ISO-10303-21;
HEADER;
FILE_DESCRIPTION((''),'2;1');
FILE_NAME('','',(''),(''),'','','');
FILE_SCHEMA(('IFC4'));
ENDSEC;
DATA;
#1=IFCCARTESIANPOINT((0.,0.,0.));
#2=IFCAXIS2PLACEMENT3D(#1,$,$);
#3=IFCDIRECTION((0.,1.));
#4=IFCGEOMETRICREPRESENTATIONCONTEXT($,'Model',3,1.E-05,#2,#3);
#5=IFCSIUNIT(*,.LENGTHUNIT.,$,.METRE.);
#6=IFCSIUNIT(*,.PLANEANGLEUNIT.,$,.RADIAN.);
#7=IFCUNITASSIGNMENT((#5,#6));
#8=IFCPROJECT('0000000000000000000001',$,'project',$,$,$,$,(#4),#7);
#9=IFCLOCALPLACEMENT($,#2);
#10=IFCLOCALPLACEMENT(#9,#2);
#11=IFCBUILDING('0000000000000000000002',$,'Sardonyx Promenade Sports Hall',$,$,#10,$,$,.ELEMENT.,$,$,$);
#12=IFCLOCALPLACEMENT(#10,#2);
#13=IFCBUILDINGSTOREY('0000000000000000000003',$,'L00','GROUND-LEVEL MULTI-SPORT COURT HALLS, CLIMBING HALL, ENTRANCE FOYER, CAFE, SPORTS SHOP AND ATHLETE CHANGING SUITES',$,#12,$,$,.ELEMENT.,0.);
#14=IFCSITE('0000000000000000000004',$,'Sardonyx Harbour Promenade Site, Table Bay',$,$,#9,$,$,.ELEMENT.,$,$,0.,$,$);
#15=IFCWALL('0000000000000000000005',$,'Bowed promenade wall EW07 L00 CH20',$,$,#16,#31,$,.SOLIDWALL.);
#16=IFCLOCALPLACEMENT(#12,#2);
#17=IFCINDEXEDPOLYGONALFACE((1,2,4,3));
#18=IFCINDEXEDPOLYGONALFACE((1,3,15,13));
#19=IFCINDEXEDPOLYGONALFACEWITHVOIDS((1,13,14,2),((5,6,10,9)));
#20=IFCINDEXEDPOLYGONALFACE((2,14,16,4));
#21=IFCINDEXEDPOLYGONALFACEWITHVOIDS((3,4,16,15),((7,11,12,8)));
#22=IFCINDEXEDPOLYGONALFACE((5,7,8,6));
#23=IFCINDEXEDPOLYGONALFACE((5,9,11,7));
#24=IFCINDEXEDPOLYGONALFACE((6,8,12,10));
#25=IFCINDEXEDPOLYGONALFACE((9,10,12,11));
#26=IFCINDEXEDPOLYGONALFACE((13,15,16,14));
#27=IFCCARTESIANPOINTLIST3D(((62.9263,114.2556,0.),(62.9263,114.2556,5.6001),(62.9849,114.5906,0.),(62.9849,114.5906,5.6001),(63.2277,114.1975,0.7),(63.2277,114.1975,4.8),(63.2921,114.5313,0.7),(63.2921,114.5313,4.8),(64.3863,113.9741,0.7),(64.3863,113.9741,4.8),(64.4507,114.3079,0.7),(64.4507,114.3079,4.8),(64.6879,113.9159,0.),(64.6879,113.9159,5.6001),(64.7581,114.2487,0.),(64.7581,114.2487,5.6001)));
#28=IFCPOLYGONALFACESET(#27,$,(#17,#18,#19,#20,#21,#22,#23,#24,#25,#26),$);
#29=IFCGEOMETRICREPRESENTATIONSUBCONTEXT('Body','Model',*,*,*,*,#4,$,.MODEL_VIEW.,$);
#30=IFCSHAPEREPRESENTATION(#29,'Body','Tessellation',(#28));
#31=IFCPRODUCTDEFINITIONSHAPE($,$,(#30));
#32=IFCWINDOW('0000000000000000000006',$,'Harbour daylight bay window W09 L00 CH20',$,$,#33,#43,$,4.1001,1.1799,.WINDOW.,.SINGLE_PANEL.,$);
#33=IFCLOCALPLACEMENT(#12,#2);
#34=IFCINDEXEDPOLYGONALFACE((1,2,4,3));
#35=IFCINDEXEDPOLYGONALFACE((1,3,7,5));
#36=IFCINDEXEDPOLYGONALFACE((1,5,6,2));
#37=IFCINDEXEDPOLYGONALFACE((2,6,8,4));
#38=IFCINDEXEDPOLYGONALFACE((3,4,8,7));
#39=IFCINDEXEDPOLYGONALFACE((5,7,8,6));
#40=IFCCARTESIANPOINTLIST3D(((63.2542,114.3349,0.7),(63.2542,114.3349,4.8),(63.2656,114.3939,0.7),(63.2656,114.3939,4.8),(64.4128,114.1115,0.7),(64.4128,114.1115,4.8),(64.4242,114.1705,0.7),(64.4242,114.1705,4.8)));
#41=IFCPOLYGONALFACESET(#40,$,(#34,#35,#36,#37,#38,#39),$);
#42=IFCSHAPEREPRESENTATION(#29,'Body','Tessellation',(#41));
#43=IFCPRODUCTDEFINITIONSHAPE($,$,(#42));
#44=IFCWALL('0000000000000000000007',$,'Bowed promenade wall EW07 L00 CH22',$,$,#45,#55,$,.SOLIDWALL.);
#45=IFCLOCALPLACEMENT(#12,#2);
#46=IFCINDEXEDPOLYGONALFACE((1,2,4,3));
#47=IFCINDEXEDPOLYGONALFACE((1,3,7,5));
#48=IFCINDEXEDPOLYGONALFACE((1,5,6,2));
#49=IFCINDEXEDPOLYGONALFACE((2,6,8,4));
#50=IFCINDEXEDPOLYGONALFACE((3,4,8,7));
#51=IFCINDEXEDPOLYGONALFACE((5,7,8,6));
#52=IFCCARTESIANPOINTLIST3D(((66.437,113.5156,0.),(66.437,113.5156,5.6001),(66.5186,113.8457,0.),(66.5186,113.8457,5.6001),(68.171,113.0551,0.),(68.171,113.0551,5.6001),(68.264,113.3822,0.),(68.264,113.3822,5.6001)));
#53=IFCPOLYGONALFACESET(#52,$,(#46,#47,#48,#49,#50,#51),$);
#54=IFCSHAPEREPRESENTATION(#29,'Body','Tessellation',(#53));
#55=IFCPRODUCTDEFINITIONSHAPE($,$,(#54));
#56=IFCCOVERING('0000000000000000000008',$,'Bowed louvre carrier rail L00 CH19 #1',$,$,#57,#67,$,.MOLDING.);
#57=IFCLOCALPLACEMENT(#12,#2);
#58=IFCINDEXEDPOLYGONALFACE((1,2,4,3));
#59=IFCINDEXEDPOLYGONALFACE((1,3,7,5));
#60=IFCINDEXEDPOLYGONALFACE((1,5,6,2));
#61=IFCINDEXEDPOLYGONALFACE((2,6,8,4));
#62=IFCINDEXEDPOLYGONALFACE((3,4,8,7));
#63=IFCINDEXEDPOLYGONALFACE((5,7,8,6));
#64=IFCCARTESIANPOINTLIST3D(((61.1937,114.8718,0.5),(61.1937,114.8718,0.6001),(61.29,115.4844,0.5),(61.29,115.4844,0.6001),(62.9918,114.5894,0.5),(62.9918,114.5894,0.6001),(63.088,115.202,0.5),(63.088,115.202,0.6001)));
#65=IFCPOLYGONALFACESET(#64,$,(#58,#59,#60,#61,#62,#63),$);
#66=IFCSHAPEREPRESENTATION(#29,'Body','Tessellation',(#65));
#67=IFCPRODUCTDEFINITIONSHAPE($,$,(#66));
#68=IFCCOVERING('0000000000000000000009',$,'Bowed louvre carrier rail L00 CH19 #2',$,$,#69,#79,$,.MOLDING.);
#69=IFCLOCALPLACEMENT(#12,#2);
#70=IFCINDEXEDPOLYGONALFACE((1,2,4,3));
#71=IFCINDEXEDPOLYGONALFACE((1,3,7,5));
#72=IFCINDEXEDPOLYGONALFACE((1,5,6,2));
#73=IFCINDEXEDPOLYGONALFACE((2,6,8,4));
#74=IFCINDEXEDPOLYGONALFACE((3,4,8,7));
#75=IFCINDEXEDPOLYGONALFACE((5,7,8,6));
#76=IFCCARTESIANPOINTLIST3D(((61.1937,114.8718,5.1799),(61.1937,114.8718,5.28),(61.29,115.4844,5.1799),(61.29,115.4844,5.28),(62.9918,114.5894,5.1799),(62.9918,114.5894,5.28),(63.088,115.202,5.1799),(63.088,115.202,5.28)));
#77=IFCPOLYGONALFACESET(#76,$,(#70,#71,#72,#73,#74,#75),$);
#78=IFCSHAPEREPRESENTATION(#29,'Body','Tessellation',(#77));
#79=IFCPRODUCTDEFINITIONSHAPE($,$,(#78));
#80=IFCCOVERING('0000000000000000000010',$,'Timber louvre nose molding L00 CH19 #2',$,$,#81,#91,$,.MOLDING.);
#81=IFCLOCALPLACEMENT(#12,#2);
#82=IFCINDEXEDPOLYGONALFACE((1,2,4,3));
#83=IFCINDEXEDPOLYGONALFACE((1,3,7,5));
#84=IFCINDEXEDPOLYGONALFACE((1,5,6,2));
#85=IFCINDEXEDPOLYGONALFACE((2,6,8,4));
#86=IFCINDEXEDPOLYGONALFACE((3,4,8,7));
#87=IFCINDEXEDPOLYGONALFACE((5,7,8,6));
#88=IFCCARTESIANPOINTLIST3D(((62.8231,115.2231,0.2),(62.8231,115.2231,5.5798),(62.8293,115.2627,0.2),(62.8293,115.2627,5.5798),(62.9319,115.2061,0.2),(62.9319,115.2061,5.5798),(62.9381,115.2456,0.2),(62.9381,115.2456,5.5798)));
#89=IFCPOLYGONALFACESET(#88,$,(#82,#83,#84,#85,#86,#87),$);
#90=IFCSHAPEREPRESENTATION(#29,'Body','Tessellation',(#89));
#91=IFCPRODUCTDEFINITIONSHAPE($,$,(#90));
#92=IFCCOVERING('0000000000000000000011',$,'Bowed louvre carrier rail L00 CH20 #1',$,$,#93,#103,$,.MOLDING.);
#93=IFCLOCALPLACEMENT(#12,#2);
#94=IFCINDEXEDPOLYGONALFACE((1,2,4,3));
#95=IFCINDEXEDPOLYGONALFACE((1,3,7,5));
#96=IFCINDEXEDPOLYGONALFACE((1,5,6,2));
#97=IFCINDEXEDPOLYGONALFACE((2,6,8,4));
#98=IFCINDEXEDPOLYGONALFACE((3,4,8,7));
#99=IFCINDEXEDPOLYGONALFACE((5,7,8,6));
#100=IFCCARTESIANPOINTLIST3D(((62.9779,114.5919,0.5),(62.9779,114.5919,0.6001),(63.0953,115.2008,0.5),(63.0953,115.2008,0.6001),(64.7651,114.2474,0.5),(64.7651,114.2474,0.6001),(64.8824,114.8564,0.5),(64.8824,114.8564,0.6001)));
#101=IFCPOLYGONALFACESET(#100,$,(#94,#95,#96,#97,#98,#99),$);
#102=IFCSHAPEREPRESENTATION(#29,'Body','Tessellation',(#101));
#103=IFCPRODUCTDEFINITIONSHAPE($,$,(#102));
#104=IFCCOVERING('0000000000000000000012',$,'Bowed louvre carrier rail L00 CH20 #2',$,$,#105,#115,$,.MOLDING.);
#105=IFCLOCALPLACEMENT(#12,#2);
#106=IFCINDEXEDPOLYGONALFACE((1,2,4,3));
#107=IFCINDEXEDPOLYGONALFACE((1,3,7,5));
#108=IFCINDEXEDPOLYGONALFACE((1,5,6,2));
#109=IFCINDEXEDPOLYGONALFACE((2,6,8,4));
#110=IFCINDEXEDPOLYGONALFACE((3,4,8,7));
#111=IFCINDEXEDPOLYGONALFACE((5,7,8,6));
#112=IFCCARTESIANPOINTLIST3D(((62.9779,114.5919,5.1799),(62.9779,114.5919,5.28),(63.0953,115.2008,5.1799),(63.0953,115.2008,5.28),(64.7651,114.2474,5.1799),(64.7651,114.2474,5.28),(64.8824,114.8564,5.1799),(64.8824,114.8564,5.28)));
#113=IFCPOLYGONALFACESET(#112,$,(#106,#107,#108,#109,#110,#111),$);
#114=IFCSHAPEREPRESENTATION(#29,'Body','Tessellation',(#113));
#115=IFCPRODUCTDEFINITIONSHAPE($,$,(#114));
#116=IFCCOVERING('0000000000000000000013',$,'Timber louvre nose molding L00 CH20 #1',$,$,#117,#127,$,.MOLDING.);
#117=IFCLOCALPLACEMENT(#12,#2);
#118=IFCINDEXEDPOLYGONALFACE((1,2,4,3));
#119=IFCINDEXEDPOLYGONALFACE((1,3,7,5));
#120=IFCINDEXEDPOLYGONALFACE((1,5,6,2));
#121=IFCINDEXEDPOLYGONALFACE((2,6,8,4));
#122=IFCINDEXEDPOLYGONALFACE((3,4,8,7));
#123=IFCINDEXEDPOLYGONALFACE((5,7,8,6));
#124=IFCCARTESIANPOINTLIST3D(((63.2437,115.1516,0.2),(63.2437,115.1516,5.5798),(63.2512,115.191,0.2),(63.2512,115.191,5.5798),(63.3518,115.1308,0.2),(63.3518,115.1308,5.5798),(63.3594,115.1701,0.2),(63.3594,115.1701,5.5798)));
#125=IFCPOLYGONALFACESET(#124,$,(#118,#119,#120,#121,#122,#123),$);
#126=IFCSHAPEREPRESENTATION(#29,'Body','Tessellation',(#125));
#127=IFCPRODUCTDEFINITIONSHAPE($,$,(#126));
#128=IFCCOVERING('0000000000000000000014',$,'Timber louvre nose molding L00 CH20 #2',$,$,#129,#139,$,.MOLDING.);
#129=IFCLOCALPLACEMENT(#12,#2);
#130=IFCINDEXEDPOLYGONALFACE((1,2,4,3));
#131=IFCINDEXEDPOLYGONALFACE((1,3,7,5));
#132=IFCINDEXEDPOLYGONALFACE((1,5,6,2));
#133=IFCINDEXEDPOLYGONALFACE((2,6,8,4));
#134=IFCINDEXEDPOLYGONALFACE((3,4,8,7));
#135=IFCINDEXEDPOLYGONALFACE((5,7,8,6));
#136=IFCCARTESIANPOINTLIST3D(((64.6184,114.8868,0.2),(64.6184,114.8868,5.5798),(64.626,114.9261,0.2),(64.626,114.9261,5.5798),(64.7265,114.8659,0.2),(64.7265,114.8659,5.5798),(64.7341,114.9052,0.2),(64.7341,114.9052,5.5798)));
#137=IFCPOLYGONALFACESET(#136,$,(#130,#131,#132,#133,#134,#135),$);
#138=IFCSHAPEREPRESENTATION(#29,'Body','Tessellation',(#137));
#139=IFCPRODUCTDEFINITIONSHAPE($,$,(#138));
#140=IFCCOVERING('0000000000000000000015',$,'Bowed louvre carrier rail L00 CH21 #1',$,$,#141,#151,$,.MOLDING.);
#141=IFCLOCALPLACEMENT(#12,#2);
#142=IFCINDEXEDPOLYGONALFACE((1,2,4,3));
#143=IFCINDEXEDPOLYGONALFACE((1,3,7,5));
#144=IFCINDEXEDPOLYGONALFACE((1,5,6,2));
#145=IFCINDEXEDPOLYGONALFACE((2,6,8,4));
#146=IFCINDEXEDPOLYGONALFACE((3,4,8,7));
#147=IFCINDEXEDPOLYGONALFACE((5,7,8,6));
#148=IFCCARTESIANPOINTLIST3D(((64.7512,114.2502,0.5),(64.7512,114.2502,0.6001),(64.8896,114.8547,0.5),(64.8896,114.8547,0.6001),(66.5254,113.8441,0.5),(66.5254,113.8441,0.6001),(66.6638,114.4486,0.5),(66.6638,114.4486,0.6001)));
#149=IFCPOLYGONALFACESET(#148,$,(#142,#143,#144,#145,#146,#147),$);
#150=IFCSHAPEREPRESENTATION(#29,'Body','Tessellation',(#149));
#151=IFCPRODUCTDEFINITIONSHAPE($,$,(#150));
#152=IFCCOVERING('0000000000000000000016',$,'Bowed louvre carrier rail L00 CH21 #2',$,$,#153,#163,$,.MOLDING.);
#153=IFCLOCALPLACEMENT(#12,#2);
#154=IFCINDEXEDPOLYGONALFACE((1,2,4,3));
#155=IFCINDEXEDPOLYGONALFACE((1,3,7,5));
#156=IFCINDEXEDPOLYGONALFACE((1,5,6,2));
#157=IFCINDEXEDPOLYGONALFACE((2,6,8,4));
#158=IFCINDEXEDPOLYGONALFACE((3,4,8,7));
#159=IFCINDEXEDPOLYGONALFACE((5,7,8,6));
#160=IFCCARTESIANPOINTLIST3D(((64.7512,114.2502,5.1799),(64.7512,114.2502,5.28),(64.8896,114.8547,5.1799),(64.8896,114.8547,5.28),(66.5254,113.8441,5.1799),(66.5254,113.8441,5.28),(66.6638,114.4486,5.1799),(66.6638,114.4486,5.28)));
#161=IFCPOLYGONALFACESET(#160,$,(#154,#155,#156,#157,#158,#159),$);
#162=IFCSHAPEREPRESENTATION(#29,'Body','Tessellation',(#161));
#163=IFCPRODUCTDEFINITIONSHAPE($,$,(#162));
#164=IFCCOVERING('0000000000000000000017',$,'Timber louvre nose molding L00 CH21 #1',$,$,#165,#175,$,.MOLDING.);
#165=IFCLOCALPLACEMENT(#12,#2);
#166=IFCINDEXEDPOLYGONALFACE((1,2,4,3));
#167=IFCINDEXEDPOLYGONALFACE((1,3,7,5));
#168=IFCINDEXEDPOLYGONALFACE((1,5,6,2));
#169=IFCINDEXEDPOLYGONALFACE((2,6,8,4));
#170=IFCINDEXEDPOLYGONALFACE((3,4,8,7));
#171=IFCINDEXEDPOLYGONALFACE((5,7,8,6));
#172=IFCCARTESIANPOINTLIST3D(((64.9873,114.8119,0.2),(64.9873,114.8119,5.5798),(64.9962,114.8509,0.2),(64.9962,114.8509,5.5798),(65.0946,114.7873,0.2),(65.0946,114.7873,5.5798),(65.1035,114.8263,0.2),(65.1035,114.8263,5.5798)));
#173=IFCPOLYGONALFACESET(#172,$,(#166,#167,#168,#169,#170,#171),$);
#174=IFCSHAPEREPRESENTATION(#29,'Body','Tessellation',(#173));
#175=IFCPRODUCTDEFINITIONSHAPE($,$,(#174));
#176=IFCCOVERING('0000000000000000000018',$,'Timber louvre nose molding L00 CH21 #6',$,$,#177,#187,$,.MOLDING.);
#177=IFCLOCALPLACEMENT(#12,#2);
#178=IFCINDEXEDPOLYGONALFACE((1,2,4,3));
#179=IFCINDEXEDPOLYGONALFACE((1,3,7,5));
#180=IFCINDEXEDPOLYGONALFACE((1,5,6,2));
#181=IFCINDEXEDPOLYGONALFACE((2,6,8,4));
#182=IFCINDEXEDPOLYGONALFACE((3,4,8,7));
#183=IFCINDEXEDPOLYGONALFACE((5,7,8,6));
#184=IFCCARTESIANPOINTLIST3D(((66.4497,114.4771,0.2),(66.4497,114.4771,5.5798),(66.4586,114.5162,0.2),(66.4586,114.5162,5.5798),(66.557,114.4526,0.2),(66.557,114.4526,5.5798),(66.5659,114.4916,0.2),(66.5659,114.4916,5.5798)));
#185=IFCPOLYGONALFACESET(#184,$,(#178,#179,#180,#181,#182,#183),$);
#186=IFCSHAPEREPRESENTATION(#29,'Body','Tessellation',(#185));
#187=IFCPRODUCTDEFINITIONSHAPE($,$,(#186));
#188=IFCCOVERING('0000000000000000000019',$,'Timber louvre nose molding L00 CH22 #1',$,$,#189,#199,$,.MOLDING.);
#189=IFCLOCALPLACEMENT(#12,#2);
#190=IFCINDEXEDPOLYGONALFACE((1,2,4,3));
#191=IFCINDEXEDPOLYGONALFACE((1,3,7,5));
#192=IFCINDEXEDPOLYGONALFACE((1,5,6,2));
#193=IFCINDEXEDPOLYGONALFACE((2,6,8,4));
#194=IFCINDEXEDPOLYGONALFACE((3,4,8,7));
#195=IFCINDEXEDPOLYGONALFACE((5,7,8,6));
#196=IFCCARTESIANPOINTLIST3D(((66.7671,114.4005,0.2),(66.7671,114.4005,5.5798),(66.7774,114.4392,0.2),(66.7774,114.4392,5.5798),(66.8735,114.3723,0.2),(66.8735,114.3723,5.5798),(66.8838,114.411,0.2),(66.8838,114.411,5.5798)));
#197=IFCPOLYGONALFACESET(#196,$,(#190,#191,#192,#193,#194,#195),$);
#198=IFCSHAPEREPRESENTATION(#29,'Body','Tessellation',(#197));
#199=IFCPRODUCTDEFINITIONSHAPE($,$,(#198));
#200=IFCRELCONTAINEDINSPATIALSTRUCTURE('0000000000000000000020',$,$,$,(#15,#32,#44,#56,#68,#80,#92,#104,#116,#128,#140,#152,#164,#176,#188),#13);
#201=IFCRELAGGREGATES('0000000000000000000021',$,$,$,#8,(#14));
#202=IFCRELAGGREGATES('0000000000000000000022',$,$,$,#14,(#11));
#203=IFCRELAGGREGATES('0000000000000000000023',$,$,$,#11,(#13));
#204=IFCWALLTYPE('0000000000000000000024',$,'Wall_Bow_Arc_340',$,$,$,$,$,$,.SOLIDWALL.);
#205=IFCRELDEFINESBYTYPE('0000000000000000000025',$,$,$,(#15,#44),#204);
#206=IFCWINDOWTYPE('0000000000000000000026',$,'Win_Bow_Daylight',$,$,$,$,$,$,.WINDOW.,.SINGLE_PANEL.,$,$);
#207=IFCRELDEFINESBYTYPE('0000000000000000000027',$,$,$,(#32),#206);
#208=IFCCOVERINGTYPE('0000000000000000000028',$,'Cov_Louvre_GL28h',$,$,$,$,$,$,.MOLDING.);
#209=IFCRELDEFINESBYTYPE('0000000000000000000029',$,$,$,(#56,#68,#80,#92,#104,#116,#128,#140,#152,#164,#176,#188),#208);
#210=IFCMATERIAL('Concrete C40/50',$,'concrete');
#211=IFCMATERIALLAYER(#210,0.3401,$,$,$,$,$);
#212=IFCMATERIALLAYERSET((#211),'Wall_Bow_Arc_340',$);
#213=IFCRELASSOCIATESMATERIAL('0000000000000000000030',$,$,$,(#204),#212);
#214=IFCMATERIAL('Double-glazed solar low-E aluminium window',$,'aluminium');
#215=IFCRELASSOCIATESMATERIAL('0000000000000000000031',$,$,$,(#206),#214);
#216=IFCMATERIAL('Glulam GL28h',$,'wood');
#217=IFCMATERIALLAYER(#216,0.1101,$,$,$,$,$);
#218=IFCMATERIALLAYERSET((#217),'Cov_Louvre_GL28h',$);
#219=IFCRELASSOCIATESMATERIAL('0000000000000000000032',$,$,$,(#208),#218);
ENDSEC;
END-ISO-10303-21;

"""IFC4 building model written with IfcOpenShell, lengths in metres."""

from ifc_helpers import new_model, si_unit, direction, frame, frame_2d, origin, origin_2d, place, context, subcontext, project, spatial, polyline, rectangle, outline, extrude, material, layer, layer_set, type_object, element, fill, save


model = new_model("IFC4")

# Units and contexts
model_context = context("Model", 3, precision=1e-05, world=origin(), true_north=direction((0.0, 1.0)))
body_context = subcontext(model_context, "Body", "Model", "MODEL_VIEW")
ifc_project = project(units=[si_unit("LENGTHUNIT", "METRE"), si_unit("PLANEANGLEUNIT", "RADIAN")], contexts=[model_context])

# Site, building, storey
site_placement = place(None, origin())
site = spatial("IfcSite", under=ifc_project, at=site_placement, Name="Sardonyx Harbour Promenade Site, Table Bay", CompositionType="ELEMENT", RefElevation=0.0)
building_placement = place(site_placement, origin())
building = spatial("IfcBuilding", under=site, at=building_placement, Name="Sardonyx Promenade Sports Hall", CompositionType="ELEMENT")
storey_placement = place(building_placement, origin())
storey = spatial("IfcBuildingStorey", under=building, at=storey_placement, Name="L00", Description="GROUND-LEVEL MULTI-SPORT COURT HALLS, CLIMBING HALL, ENTRANCE FOYER, CAFE, SPORTS SHOP AND ATHLETE CHANGING SUITES", CompositionType="ELEMENT", Elevation=0.0)

# Wall, opening, window
ifc_material_1 = material(Name="Concrete C40/50", Category="concrete")
ifc_layer_1 = layer(ifc_material_1, 0.3401)
ifc_layer_set_1 = layer_set([ifc_layer_1], Name="Wall_Bow_Arc_340")
wall_type = type_object("IfcWallType", Name="Wall_Bow_Arc_340", PredefinedType="SOLIDWALL", material=ifc_layer_set_1)
wall_1_placement = place(storey_placement, frame((62.9556, 114.4231, 0.0), z_axis=(0.0, 0.0, 1.0), x_axis=(0.981913, -0.18933, 0.0)))
wall_1 = element("IfcWall", 1, at=wall_1_placement, inside=storey, type_object=wall_type, Name="Bowed promenade wall EW07 L00 CH20", PredefinedType="SOLIDWALL", context=body_context, shape_type="SweptSolid", body=[
    extrude(outline(polyline([(0.0029, -0.17), (1.7971, -0.17), (1.8029, 0.17), (-0.0029, 0.17), (0.0029, -0.17)])), origin(), (0.0, 0.0, 1.0), 5.6001),
])
opening_1_placement = place(wall_1_placement, frame((0.3101, 0.0, 0.7)))
opening_1 = element("IfcOpeningElement", 2, at=opening_1_placement, cuts=wall_1, PredefinedType="OPENING", context=body_context, shape_type="SweptSolid", body=[
    extrude(rectangle(XDim=1.1799, YDim=4.1001, at=frame_2d((0.5898, 2.05))), frame((0.0, 0.18, 0.0), z_axis=(0.0, -1.0, 0.0), x_axis=(1.0, 0.0, 0.0)), (0.0, 0.0, 1.0), 0.36),
])
ifc_material_2 = material(Name="Double-glazed solar low-E aluminium window", Category="aluminium")
window_type = type_object("IfcWindowType", Name="Win_Bow_Daylight", PartitioningType="SINGLE_PANEL", PredefinedType="WINDOW", material=ifc_material_2)
window_placement = place(opening_1_placement, origin())
window = element("IfcWindow", 3, at=window_placement, inside=storey, type_object=window_type, Name="Harbour daylight bay window W09 L00 CH20", OverallHeight=4.1001, OverallWidth=1.1799, PartitioningType="SINGLE_PANEL", PredefinedType="WINDOW", context=body_context, shape_type="SweptSolid", body=[
    extrude(rectangle(XDim=1.1799, YDim=4.1001, at=frame_2d((0.5898, 2.05))), frame((0.0, 0.03, 0.0), z_axis=(0.0, -1.0, 0.0), x_axis=(1.0, 0.0, 0.0)), (0.0, 0.0, 1.0), 0.0601),
])
fill(opening_1, window)

# Wall
wall_2_placement = place(storey_placement, frame((66.4778, 113.6807, 0.0), z_axis=(0.0, 0.0, 1.0), x_axis=(0.966505, -0.256649, 0.0)))
element("IfcWall", 4, at=wall_2_placement, inside=storey, type_object=wall_type, Name="Bowed promenade wall EW07 L00 CH22", PredefinedType="SOLIDWALL", context=body_context, shape_type="SweptSolid", body=[
    extrude(outline(polyline([(0.0029, -0.17), (1.7971, -0.17), (1.8029, 0.17), (-0.0029, 0.17), (0.0029, -0.17)])), origin(), (0.0, 0.0, 1.0), 5.6001),
])

# Coverings
ifc_material_3 = material(Name="Glulam GL28h", Category="wood")
ifc_layer_2 = layer(ifc_material_3, 0.1101)
ifc_layer_set_2 = layer_set([ifc_layer_2], Name="Cov_Louvre_GL28h")
covering_type = type_object("IfcCoveringType", Name="Cov_Louvre_GL28h", PredefinedType="MOLDING", material=ifc_layer_set_2)
for number, where, z_axis, x_axis, name in (
    (5, (62.1409, 115.0369, 0.5), (0.0, 0.0, 1.0), (0.987891, -0.155148, 0.0), "Bowed louvre carrier rail L00 CH19 #1"),
    (6, (62.1409, 115.0369, 5.1799), (0.0, 0.0, 1.0), (0.987891, -0.155148, 0.0), "Bowed louvre carrier rail L00 CH19 #2"),
):
    element("IfcCovering", number, at=place(storey_placement, frame(where, z_axis=z_axis, x_axis=x_axis)), inside=storey, type_object=covering_type, Name=name, PredefinedType="MOLDING", context=body_context, shape_type="SweptSolid", body=[
        extrude(rectangle(XDim=1.8201, YDim=0.6201, at=origin_2d()), origin(), (0.0, 0.0, 1.0), 0.1001),
    ])
covering_placement = place(storey_placement, frame((62.8806, 115.2344, 0.2), z_axis=(0.0, 0.0, 1.0), x_axis=(0.987891, -0.155148, 0.0)))
element("IfcCovering", 7, at=covering_placement, inside=storey, type_object=covering_type, Name="Timber louvre nose molding L00 CH19 #2", PredefinedType="MOLDING", context=body_context, shape_type="SweptSolid", body=[
    extrude(rectangle(XDim=0.1101, YDim=0.04, at=origin_2d()), origin(), (0.0, 0.0, 1.0), 5.3799),
])
for number, where, z_axis, x_axis, name in (
    (8, (63.9302, 114.7241, 0.5), (0.0, 0.0, 1.0), (0.98193, -0.189246, 0.0), "Bowed louvre carrier rail L00 CH20 #1"),
    (9, (63.9302, 114.7241, 5.1799), (0.0, 0.0, 1.0), (0.98193, -0.189246, 0.0), "Bowed louvre carrier rail L00 CH20 #2"),
):
    element("IfcCovering", number, at=place(storey_placement, frame(where, z_axis=z_axis, x_axis=x_axis)), inside=storey, type_object=covering_type, Name=name, PredefinedType="MOLDING", context=body_context, shape_type="SweptSolid", body=[
        extrude(rectangle(XDim=1.8201, YDim=0.6201, at=origin_2d()), origin(), (0.0, 0.0, 1.0), 0.1001),
    ])
for number, where, z_axis, x_axis, name in (
    (10, (63.3015, 115.1609, 0.2), (0.0, 0.0, 1.0), (0.98193, -0.189246, 0.0), "Timber louvre nose molding L00 CH20 #1"),
    (11, (64.6763, 114.896, 0.2), (0.0, 0.0, 1.0), (0.98193, -0.189246, 0.0), "Timber louvre nose molding L00 CH20 #2"),
):
    element("IfcCovering", number, at=place(storey_placement, frame(where, z_axis=z_axis, x_axis=x_axis)), inside=storey, type_object=covering_type, Name=name, PredefinedType="MOLDING", context=body_context, shape_type="SweptSolid", body=[
        extrude(rectangle(XDim=0.1101, YDim=0.04, at=origin_2d()), origin(), (0.0, 0.0, 1.0), 5.3799),
    ])
for number, where, z_axis, x_axis, name in (
    (12, (65.7075, 114.3494, 0.5), (0.0, 0.0, 1.0), (0.974792, -0.223117, 0.0), "Bowed louvre carrier rail L00 CH21 #1"),
    (13, (65.7075, 114.3494, 5.1799), (0.0, 0.0, 1.0), (0.974792, -0.223117, 0.0), "Bowed louvre carrier rail L00 CH21 #2"),
):
    element("IfcCovering", number, at=place(storey_placement, frame(where, z_axis=z_axis, x_axis=x_axis)), inside=storey, type_object=covering_type, Name=name, PredefinedType="MOLDING", context=body_context, shape_type="SweptSolid", body=[
        extrude(rectangle(XDim=1.8201, YDim=0.6201, at=origin_2d()), origin(), (0.0, 0.0, 1.0), 0.1001),
    ])
for number, where, z_axis, x_axis, name in (
    (14, (65.0454, 114.8191, 0.2), (0.0, 0.0, 1.0), (0.974792, -0.223117, 0.0), "Timber louvre nose molding L00 CH21 #1"),
    (15, (66.5078, 114.4844, 0.2), (0.0, 0.0, 1.0), (0.974792, -0.223117, 0.0), "Timber louvre nose molding L00 CH21 #6"),
    (16, (66.8254, 114.4058, 0.2), (0.0, 0.0, 1.0), (0.966485, -0.256721, 0.0), "Timber louvre nose molding L00 CH22 #1"),
):
    element("IfcCovering", number, at=place(storey_placement, frame(where, z_axis=z_axis, x_axis=x_axis)), inside=storey, type_object=covering_type, Name=name, PredefinedType="MOLDING", context=body_context, shape_type="SweptSolid", body=[
        extrude(rectangle(XDim=0.1101, YDim=0.04, at=origin_2d()), origin(), (0.0, 0.0, 1.0), 5.3799),
    ])

save(model, "model.ifc")
